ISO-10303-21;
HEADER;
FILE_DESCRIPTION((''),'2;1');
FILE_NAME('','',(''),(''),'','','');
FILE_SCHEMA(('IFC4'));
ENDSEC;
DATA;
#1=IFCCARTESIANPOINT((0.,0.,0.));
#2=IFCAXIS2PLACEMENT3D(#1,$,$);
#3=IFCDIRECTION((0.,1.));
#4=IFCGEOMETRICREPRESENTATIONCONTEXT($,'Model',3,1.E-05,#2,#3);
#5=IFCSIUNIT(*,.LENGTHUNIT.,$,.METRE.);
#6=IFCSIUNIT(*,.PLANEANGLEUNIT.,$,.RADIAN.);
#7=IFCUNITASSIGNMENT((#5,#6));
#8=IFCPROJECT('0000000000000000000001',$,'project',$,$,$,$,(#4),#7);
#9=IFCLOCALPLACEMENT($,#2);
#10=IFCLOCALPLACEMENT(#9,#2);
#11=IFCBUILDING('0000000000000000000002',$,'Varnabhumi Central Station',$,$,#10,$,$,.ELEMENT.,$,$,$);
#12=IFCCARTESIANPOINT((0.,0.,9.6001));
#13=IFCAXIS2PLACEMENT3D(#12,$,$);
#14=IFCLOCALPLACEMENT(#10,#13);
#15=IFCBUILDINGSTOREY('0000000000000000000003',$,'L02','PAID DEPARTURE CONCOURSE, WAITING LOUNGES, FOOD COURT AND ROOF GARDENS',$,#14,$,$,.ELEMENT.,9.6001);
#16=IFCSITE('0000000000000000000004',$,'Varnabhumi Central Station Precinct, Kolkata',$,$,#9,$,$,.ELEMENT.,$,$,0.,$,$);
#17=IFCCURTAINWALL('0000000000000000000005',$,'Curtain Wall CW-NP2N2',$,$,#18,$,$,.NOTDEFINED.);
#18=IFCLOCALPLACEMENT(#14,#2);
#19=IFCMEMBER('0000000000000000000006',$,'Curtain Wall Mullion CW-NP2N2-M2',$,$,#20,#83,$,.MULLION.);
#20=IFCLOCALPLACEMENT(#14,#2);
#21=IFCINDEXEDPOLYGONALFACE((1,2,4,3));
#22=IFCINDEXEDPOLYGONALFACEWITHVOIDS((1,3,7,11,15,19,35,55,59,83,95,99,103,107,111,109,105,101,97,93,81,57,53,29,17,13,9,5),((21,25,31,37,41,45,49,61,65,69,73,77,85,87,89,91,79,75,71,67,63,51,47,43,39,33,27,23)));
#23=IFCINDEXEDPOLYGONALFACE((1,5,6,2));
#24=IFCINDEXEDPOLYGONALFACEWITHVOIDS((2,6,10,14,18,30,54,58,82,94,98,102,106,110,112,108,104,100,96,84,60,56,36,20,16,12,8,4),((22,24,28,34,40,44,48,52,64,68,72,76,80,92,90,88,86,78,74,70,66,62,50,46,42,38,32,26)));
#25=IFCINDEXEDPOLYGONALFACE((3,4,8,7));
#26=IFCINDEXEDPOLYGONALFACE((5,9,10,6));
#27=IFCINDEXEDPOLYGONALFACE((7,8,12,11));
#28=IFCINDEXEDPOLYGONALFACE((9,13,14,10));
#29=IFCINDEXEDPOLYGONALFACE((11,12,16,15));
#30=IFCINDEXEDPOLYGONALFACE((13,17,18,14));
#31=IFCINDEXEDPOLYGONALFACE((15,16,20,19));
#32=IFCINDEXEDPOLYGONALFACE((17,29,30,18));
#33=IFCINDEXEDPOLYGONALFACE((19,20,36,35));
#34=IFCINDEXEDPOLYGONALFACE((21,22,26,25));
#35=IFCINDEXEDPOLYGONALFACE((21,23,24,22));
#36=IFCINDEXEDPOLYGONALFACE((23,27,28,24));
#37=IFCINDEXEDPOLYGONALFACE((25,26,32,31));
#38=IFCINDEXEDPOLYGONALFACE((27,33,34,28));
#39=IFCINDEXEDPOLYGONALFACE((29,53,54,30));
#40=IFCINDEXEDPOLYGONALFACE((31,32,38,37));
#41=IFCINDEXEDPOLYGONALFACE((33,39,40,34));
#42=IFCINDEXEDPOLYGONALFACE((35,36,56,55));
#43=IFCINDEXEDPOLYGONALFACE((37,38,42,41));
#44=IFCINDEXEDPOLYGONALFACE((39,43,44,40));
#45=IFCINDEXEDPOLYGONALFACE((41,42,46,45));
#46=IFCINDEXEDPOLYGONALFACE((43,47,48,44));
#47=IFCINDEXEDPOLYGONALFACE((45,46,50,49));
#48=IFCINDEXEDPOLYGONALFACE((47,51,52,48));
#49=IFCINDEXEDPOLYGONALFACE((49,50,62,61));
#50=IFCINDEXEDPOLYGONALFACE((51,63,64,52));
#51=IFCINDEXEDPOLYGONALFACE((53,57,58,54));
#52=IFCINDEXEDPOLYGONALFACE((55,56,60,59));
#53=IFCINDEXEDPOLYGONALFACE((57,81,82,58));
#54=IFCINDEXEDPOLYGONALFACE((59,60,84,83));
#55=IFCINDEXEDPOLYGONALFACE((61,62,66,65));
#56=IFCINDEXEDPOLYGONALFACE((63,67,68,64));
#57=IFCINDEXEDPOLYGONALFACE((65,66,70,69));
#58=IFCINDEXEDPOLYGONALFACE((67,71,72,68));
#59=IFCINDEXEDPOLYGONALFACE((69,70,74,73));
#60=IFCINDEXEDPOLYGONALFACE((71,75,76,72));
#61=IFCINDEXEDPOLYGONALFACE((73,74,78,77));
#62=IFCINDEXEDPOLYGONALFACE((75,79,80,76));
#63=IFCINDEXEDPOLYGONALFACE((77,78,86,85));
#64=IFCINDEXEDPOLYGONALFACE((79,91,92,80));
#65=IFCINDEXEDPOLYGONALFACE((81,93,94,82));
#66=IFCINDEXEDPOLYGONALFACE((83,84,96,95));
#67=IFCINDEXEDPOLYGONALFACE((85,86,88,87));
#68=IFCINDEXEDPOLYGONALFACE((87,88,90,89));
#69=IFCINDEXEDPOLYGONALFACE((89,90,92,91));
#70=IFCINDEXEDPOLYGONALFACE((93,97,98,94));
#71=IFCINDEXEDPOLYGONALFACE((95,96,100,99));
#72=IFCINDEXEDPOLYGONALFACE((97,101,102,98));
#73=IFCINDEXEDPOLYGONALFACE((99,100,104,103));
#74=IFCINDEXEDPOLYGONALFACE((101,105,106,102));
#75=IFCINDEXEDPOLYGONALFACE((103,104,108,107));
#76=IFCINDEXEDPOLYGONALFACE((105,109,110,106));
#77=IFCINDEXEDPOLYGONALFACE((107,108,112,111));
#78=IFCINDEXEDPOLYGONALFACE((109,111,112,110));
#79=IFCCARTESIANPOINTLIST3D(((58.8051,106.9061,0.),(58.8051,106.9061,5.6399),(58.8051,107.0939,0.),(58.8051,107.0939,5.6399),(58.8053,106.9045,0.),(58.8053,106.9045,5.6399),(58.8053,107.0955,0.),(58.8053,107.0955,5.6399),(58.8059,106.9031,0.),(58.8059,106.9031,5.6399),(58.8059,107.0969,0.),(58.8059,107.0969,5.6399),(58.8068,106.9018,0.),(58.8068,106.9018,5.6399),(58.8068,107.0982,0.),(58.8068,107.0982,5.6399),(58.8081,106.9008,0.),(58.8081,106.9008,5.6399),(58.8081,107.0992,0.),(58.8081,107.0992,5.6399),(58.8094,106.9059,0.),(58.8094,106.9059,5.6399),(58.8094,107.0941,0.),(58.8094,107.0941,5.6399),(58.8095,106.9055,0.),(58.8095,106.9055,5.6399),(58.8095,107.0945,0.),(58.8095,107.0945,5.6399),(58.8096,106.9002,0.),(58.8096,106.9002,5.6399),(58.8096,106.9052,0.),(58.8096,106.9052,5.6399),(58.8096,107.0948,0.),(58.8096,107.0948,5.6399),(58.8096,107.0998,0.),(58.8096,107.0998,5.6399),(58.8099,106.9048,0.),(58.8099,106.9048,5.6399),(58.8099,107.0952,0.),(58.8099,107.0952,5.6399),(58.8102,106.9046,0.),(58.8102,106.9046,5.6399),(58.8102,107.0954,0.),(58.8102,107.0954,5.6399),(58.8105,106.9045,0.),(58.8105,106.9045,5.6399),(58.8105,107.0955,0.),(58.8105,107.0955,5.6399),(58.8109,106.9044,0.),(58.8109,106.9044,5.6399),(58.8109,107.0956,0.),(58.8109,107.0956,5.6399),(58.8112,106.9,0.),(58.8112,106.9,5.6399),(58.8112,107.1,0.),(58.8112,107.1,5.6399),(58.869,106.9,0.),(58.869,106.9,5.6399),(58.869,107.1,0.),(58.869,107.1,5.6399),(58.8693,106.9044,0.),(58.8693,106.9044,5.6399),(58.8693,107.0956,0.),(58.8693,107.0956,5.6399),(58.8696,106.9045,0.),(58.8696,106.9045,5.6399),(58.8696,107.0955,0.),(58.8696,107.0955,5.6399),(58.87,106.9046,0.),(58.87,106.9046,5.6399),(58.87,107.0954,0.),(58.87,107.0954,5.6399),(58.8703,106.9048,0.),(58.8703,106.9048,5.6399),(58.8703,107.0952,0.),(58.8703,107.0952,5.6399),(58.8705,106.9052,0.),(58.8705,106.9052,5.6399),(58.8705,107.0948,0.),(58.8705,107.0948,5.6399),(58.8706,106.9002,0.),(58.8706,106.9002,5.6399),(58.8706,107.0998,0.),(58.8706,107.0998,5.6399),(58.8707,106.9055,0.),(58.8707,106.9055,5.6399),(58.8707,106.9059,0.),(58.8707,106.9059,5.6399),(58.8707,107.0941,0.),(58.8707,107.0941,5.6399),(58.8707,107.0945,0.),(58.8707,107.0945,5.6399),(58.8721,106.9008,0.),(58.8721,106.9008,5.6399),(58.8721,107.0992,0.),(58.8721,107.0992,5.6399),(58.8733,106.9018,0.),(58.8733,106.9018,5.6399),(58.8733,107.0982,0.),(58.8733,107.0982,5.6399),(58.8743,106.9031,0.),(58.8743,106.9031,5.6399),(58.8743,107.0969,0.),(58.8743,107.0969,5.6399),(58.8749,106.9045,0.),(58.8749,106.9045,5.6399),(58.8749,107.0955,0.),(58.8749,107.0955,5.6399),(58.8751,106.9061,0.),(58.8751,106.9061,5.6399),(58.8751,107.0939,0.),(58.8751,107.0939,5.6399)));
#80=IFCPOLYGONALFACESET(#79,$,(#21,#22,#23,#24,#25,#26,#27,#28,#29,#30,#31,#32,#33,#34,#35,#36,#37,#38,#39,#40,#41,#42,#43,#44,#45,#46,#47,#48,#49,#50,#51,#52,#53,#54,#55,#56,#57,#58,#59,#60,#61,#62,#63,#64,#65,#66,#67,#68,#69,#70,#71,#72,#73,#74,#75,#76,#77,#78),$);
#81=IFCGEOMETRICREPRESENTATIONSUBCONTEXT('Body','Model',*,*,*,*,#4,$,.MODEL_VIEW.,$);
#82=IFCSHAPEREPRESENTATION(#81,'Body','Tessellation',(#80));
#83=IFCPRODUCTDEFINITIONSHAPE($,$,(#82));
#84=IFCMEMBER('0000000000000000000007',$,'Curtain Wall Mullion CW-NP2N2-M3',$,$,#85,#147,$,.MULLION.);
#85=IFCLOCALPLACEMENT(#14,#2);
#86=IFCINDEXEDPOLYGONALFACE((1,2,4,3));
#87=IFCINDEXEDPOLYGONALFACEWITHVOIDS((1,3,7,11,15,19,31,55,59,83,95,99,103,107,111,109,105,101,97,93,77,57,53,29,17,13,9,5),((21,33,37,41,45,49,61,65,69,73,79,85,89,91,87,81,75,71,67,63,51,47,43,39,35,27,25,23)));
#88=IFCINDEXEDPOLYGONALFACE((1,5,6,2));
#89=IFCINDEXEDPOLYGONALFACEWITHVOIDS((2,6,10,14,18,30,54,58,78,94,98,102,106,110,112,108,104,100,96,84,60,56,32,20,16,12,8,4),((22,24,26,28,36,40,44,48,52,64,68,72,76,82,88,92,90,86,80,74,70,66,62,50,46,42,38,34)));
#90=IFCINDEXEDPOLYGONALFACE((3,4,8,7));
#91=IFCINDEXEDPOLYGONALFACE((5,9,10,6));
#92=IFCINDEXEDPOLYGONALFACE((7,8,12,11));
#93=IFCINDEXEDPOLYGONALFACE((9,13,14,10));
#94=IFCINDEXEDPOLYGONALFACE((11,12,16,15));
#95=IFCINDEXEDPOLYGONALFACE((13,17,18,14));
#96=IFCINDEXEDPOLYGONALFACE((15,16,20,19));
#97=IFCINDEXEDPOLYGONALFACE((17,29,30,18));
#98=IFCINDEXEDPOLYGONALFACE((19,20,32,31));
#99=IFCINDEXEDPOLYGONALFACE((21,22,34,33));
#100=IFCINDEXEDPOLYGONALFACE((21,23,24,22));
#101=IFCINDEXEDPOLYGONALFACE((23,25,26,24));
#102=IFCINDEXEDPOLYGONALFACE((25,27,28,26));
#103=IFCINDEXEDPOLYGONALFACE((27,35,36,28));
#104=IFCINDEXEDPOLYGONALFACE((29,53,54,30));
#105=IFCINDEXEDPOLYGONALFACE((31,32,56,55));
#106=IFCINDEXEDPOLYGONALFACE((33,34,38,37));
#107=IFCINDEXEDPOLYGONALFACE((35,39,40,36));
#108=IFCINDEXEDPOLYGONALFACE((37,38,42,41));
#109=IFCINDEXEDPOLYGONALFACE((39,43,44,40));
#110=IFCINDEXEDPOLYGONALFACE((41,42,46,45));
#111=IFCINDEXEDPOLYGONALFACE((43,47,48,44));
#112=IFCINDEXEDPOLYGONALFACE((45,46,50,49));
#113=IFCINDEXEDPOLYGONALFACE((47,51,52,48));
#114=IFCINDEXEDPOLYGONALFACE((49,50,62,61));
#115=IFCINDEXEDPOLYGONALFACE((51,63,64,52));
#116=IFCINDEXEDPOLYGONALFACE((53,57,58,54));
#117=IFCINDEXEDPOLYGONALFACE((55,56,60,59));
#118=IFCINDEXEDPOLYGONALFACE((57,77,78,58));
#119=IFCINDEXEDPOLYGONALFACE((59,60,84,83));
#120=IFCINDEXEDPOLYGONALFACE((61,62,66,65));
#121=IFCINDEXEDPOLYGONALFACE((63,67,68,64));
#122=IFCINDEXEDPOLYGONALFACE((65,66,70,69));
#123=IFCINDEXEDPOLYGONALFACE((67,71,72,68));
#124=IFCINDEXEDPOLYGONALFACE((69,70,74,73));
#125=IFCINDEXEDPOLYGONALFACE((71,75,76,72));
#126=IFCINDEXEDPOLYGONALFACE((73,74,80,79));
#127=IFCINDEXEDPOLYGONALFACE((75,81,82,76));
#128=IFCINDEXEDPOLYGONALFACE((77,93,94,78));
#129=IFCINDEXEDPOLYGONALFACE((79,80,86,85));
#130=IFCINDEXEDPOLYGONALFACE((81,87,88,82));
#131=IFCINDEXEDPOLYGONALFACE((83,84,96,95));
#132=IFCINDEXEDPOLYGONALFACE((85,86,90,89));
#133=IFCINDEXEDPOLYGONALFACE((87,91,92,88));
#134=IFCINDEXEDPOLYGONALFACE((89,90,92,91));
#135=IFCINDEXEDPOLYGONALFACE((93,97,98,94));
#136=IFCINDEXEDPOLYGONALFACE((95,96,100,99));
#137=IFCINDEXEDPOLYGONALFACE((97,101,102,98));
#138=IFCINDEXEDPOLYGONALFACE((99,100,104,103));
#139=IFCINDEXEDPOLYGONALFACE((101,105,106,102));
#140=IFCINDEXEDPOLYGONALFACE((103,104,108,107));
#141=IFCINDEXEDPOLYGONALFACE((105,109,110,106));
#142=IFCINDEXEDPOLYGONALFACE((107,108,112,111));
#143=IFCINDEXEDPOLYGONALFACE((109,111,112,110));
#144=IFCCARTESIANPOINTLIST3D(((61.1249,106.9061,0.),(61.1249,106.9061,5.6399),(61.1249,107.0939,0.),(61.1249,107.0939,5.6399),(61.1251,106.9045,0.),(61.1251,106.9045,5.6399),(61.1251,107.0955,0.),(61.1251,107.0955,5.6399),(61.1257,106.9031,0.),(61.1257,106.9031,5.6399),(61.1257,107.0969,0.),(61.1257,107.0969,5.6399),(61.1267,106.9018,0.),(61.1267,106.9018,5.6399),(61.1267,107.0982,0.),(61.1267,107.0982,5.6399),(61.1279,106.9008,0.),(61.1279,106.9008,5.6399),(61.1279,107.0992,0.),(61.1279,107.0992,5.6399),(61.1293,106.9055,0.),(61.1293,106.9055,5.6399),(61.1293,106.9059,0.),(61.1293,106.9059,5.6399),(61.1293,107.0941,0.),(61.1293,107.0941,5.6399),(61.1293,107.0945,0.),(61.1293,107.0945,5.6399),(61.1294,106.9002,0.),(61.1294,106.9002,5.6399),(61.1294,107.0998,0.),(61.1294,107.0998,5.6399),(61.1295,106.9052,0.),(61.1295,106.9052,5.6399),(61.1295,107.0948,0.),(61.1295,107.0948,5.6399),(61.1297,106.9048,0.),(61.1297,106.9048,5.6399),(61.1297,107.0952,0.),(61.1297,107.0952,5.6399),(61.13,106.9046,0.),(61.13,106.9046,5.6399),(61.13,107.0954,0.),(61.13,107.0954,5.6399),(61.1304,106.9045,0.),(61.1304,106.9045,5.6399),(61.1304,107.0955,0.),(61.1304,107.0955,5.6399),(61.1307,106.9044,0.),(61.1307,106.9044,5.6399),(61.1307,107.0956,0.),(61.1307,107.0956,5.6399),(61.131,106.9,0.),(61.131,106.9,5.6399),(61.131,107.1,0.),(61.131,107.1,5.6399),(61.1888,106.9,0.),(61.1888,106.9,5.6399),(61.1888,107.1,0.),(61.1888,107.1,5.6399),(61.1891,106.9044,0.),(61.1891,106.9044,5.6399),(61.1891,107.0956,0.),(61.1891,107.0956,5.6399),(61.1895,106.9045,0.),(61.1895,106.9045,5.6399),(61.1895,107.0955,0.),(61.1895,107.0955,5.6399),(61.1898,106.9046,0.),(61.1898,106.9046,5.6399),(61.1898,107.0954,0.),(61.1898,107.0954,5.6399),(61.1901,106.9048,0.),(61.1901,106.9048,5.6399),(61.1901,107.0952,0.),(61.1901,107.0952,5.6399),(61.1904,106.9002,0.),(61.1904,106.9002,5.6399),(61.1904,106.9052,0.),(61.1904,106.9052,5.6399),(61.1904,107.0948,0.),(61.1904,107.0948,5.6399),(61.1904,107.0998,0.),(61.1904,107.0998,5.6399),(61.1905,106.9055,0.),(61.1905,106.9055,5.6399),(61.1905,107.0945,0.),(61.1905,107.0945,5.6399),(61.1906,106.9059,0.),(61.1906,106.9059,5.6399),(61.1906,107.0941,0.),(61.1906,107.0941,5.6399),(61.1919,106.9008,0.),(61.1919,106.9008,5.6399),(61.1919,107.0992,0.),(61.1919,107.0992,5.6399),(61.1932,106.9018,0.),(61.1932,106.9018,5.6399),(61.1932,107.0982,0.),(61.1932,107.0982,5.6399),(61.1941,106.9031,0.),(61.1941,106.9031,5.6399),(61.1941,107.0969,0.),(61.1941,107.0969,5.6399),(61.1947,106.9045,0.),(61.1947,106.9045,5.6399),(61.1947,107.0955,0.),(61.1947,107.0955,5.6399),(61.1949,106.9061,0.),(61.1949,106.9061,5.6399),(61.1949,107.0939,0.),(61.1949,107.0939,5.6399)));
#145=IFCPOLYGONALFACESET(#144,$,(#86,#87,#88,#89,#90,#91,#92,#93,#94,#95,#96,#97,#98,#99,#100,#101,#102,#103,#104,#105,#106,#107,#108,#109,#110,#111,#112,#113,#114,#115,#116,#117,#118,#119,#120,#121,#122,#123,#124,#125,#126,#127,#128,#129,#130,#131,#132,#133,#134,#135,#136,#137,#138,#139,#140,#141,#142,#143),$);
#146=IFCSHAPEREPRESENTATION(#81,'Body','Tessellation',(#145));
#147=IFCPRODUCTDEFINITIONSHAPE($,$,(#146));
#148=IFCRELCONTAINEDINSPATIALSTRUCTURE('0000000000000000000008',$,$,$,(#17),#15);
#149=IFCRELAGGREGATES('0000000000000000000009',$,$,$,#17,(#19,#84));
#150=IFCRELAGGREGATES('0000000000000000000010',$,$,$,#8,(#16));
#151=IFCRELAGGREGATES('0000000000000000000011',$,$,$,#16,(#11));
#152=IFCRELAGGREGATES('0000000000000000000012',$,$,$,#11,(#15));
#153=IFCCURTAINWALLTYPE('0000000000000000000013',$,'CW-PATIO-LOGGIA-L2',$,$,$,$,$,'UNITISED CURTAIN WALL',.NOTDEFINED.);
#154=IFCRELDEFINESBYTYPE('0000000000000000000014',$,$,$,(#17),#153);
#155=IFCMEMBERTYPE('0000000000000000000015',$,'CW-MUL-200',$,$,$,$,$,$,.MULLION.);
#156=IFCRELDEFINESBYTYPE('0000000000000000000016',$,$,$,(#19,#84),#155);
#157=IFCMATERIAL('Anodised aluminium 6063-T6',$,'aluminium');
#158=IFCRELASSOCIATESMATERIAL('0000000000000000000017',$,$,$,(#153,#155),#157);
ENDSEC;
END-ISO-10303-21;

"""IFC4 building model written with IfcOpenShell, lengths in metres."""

from ifc_helpers import new_model, si_unit, direction, frame, origin, origin_2d, place, context, subcontext, project, spatial, hollow_rectangle, extrude, material, material_profile, profile_set, type_object, element, aggregate, save


model = new_model("IFC4")

# Units and contexts
model_context = context("Model", 3, precision=1e-05, world=origin(), true_north=direction((0.0, 1.0)))
body_context = subcontext(model_context, "Body", "Model", "MODEL_VIEW")
ifc_project = project(units=[si_unit("LENGTHUNIT", "METRE"), si_unit("PLANEANGLEUNIT", "RADIAN")], contexts=[model_context])

# Site, building, storey
site_placement = place(None, origin())
site = spatial("IfcSite", under=ifc_project, at=site_placement, Name="Varnabhumi Central Station Precinct, Kolkata", CompositionType="ELEMENT", RefElevation=0.0)
building_placement = place(site_placement, origin())
building = spatial("IfcBuilding", under=site, at=building_placement, Name="Varnabhumi Central Station", CompositionType="ELEMENT")
storey_placement = place(building_placement, frame((0.0, 0.0, 9.6001)))
storey = spatial("IfcBuildingStorey", under=building, at=storey_placement, Name="L02", Description="PAID DEPARTURE CONCOURSE, WAITING LOUNGES, FOOD COURT AND ROOF GARDENS", CompositionType="ELEMENT", Elevation=9.6001)

# Curtain wall, members
ifc_material_1 = material(Name="Anodised aluminium 6063-T6", Category="aluminium")
curtain_wall_type = type_object("IfcCurtainWallType", Name="CW-PATIO-LOGGIA-L2", ElementType="UNITISED CURTAIN WALL", PredefinedType="NOTDEFINED", material=ifc_material_1)
curtain_wall_placement = place(storey_placement, origin())
curtain_wall = element("IfcCurtainWall", 1, at=curtain_wall_placement, inside=storey, type_object=curtain_wall_type, Name="Curtain Wall CW-NP2N2", PredefinedType="NOTDEFINED")
ifc_material_profile_1 = material_profile(ifc_material_1, hollow_rectangle(XDim=0.0701, YDim=0.2, WallThickness=0.0044, InnerFilletRadius=0.0015, OuterFilletRadius=0.0061, at=origin_2d()), Name="Anodised aluminium 6063-T6", Category="aluminium")
ifc_profile_set_1 = profile_set([ifc_material_profile_1], Name="Anodised aluminium 6063-T6")
member_type_1 = type_object("IfcMemberType", Name="CW-MUL-200", PredefinedType="MULLION", material=ifc_profile_set_1)
member_1_placement = place(storey_placement, frame((58.8401, 107.0, 0.0), z_axis=(0.0, 0.0, 1.0), x_axis=(1.0, 0.0, 0.0)))
member_1 = element("IfcMember", 2, at=member_1_placement, type_object=member_type_1, Name="Curtain Wall Mullion CW-NP2N2-M2", PredefinedType="MULLION", context=body_context, shape_type="SweptSolid", body=[
    extrude(hollow_rectangle(XDim=0.0701, YDim=0.2, WallThickness=0.0044, InnerFilletRadius=0.0015, OuterFilletRadius=0.0061, at=origin_2d()), origin(), (0.0, 0.0, 1.0), 5.6399),
])
member_2_placement = place(storey_placement, frame((61.1599, 107.0, 0.0), z_axis=(0.0, 0.0, 1.0), x_axis=(1.0, 0.0, 0.0)))
member_2 = element("IfcMember", 3, at=member_2_placement, type_object=member_type_1, Name="Curtain Wall Mullion CW-NP2N2-M3", PredefinedType="MULLION", context=body_context, shape_type="SweptSolid", body=[
    extrude(hollow_rectangle(XDim=0.0701, YDim=0.2, WallThickness=0.0044, InnerFilletRadius=0.0015, OuterFilletRadius=0.0061, at=origin_2d()), origin(), (0.0, 0.0, 1.0), 5.6399),
])
aggregate(curtain_wall, [member_1, member_2])

save(model, "model.ifc")
